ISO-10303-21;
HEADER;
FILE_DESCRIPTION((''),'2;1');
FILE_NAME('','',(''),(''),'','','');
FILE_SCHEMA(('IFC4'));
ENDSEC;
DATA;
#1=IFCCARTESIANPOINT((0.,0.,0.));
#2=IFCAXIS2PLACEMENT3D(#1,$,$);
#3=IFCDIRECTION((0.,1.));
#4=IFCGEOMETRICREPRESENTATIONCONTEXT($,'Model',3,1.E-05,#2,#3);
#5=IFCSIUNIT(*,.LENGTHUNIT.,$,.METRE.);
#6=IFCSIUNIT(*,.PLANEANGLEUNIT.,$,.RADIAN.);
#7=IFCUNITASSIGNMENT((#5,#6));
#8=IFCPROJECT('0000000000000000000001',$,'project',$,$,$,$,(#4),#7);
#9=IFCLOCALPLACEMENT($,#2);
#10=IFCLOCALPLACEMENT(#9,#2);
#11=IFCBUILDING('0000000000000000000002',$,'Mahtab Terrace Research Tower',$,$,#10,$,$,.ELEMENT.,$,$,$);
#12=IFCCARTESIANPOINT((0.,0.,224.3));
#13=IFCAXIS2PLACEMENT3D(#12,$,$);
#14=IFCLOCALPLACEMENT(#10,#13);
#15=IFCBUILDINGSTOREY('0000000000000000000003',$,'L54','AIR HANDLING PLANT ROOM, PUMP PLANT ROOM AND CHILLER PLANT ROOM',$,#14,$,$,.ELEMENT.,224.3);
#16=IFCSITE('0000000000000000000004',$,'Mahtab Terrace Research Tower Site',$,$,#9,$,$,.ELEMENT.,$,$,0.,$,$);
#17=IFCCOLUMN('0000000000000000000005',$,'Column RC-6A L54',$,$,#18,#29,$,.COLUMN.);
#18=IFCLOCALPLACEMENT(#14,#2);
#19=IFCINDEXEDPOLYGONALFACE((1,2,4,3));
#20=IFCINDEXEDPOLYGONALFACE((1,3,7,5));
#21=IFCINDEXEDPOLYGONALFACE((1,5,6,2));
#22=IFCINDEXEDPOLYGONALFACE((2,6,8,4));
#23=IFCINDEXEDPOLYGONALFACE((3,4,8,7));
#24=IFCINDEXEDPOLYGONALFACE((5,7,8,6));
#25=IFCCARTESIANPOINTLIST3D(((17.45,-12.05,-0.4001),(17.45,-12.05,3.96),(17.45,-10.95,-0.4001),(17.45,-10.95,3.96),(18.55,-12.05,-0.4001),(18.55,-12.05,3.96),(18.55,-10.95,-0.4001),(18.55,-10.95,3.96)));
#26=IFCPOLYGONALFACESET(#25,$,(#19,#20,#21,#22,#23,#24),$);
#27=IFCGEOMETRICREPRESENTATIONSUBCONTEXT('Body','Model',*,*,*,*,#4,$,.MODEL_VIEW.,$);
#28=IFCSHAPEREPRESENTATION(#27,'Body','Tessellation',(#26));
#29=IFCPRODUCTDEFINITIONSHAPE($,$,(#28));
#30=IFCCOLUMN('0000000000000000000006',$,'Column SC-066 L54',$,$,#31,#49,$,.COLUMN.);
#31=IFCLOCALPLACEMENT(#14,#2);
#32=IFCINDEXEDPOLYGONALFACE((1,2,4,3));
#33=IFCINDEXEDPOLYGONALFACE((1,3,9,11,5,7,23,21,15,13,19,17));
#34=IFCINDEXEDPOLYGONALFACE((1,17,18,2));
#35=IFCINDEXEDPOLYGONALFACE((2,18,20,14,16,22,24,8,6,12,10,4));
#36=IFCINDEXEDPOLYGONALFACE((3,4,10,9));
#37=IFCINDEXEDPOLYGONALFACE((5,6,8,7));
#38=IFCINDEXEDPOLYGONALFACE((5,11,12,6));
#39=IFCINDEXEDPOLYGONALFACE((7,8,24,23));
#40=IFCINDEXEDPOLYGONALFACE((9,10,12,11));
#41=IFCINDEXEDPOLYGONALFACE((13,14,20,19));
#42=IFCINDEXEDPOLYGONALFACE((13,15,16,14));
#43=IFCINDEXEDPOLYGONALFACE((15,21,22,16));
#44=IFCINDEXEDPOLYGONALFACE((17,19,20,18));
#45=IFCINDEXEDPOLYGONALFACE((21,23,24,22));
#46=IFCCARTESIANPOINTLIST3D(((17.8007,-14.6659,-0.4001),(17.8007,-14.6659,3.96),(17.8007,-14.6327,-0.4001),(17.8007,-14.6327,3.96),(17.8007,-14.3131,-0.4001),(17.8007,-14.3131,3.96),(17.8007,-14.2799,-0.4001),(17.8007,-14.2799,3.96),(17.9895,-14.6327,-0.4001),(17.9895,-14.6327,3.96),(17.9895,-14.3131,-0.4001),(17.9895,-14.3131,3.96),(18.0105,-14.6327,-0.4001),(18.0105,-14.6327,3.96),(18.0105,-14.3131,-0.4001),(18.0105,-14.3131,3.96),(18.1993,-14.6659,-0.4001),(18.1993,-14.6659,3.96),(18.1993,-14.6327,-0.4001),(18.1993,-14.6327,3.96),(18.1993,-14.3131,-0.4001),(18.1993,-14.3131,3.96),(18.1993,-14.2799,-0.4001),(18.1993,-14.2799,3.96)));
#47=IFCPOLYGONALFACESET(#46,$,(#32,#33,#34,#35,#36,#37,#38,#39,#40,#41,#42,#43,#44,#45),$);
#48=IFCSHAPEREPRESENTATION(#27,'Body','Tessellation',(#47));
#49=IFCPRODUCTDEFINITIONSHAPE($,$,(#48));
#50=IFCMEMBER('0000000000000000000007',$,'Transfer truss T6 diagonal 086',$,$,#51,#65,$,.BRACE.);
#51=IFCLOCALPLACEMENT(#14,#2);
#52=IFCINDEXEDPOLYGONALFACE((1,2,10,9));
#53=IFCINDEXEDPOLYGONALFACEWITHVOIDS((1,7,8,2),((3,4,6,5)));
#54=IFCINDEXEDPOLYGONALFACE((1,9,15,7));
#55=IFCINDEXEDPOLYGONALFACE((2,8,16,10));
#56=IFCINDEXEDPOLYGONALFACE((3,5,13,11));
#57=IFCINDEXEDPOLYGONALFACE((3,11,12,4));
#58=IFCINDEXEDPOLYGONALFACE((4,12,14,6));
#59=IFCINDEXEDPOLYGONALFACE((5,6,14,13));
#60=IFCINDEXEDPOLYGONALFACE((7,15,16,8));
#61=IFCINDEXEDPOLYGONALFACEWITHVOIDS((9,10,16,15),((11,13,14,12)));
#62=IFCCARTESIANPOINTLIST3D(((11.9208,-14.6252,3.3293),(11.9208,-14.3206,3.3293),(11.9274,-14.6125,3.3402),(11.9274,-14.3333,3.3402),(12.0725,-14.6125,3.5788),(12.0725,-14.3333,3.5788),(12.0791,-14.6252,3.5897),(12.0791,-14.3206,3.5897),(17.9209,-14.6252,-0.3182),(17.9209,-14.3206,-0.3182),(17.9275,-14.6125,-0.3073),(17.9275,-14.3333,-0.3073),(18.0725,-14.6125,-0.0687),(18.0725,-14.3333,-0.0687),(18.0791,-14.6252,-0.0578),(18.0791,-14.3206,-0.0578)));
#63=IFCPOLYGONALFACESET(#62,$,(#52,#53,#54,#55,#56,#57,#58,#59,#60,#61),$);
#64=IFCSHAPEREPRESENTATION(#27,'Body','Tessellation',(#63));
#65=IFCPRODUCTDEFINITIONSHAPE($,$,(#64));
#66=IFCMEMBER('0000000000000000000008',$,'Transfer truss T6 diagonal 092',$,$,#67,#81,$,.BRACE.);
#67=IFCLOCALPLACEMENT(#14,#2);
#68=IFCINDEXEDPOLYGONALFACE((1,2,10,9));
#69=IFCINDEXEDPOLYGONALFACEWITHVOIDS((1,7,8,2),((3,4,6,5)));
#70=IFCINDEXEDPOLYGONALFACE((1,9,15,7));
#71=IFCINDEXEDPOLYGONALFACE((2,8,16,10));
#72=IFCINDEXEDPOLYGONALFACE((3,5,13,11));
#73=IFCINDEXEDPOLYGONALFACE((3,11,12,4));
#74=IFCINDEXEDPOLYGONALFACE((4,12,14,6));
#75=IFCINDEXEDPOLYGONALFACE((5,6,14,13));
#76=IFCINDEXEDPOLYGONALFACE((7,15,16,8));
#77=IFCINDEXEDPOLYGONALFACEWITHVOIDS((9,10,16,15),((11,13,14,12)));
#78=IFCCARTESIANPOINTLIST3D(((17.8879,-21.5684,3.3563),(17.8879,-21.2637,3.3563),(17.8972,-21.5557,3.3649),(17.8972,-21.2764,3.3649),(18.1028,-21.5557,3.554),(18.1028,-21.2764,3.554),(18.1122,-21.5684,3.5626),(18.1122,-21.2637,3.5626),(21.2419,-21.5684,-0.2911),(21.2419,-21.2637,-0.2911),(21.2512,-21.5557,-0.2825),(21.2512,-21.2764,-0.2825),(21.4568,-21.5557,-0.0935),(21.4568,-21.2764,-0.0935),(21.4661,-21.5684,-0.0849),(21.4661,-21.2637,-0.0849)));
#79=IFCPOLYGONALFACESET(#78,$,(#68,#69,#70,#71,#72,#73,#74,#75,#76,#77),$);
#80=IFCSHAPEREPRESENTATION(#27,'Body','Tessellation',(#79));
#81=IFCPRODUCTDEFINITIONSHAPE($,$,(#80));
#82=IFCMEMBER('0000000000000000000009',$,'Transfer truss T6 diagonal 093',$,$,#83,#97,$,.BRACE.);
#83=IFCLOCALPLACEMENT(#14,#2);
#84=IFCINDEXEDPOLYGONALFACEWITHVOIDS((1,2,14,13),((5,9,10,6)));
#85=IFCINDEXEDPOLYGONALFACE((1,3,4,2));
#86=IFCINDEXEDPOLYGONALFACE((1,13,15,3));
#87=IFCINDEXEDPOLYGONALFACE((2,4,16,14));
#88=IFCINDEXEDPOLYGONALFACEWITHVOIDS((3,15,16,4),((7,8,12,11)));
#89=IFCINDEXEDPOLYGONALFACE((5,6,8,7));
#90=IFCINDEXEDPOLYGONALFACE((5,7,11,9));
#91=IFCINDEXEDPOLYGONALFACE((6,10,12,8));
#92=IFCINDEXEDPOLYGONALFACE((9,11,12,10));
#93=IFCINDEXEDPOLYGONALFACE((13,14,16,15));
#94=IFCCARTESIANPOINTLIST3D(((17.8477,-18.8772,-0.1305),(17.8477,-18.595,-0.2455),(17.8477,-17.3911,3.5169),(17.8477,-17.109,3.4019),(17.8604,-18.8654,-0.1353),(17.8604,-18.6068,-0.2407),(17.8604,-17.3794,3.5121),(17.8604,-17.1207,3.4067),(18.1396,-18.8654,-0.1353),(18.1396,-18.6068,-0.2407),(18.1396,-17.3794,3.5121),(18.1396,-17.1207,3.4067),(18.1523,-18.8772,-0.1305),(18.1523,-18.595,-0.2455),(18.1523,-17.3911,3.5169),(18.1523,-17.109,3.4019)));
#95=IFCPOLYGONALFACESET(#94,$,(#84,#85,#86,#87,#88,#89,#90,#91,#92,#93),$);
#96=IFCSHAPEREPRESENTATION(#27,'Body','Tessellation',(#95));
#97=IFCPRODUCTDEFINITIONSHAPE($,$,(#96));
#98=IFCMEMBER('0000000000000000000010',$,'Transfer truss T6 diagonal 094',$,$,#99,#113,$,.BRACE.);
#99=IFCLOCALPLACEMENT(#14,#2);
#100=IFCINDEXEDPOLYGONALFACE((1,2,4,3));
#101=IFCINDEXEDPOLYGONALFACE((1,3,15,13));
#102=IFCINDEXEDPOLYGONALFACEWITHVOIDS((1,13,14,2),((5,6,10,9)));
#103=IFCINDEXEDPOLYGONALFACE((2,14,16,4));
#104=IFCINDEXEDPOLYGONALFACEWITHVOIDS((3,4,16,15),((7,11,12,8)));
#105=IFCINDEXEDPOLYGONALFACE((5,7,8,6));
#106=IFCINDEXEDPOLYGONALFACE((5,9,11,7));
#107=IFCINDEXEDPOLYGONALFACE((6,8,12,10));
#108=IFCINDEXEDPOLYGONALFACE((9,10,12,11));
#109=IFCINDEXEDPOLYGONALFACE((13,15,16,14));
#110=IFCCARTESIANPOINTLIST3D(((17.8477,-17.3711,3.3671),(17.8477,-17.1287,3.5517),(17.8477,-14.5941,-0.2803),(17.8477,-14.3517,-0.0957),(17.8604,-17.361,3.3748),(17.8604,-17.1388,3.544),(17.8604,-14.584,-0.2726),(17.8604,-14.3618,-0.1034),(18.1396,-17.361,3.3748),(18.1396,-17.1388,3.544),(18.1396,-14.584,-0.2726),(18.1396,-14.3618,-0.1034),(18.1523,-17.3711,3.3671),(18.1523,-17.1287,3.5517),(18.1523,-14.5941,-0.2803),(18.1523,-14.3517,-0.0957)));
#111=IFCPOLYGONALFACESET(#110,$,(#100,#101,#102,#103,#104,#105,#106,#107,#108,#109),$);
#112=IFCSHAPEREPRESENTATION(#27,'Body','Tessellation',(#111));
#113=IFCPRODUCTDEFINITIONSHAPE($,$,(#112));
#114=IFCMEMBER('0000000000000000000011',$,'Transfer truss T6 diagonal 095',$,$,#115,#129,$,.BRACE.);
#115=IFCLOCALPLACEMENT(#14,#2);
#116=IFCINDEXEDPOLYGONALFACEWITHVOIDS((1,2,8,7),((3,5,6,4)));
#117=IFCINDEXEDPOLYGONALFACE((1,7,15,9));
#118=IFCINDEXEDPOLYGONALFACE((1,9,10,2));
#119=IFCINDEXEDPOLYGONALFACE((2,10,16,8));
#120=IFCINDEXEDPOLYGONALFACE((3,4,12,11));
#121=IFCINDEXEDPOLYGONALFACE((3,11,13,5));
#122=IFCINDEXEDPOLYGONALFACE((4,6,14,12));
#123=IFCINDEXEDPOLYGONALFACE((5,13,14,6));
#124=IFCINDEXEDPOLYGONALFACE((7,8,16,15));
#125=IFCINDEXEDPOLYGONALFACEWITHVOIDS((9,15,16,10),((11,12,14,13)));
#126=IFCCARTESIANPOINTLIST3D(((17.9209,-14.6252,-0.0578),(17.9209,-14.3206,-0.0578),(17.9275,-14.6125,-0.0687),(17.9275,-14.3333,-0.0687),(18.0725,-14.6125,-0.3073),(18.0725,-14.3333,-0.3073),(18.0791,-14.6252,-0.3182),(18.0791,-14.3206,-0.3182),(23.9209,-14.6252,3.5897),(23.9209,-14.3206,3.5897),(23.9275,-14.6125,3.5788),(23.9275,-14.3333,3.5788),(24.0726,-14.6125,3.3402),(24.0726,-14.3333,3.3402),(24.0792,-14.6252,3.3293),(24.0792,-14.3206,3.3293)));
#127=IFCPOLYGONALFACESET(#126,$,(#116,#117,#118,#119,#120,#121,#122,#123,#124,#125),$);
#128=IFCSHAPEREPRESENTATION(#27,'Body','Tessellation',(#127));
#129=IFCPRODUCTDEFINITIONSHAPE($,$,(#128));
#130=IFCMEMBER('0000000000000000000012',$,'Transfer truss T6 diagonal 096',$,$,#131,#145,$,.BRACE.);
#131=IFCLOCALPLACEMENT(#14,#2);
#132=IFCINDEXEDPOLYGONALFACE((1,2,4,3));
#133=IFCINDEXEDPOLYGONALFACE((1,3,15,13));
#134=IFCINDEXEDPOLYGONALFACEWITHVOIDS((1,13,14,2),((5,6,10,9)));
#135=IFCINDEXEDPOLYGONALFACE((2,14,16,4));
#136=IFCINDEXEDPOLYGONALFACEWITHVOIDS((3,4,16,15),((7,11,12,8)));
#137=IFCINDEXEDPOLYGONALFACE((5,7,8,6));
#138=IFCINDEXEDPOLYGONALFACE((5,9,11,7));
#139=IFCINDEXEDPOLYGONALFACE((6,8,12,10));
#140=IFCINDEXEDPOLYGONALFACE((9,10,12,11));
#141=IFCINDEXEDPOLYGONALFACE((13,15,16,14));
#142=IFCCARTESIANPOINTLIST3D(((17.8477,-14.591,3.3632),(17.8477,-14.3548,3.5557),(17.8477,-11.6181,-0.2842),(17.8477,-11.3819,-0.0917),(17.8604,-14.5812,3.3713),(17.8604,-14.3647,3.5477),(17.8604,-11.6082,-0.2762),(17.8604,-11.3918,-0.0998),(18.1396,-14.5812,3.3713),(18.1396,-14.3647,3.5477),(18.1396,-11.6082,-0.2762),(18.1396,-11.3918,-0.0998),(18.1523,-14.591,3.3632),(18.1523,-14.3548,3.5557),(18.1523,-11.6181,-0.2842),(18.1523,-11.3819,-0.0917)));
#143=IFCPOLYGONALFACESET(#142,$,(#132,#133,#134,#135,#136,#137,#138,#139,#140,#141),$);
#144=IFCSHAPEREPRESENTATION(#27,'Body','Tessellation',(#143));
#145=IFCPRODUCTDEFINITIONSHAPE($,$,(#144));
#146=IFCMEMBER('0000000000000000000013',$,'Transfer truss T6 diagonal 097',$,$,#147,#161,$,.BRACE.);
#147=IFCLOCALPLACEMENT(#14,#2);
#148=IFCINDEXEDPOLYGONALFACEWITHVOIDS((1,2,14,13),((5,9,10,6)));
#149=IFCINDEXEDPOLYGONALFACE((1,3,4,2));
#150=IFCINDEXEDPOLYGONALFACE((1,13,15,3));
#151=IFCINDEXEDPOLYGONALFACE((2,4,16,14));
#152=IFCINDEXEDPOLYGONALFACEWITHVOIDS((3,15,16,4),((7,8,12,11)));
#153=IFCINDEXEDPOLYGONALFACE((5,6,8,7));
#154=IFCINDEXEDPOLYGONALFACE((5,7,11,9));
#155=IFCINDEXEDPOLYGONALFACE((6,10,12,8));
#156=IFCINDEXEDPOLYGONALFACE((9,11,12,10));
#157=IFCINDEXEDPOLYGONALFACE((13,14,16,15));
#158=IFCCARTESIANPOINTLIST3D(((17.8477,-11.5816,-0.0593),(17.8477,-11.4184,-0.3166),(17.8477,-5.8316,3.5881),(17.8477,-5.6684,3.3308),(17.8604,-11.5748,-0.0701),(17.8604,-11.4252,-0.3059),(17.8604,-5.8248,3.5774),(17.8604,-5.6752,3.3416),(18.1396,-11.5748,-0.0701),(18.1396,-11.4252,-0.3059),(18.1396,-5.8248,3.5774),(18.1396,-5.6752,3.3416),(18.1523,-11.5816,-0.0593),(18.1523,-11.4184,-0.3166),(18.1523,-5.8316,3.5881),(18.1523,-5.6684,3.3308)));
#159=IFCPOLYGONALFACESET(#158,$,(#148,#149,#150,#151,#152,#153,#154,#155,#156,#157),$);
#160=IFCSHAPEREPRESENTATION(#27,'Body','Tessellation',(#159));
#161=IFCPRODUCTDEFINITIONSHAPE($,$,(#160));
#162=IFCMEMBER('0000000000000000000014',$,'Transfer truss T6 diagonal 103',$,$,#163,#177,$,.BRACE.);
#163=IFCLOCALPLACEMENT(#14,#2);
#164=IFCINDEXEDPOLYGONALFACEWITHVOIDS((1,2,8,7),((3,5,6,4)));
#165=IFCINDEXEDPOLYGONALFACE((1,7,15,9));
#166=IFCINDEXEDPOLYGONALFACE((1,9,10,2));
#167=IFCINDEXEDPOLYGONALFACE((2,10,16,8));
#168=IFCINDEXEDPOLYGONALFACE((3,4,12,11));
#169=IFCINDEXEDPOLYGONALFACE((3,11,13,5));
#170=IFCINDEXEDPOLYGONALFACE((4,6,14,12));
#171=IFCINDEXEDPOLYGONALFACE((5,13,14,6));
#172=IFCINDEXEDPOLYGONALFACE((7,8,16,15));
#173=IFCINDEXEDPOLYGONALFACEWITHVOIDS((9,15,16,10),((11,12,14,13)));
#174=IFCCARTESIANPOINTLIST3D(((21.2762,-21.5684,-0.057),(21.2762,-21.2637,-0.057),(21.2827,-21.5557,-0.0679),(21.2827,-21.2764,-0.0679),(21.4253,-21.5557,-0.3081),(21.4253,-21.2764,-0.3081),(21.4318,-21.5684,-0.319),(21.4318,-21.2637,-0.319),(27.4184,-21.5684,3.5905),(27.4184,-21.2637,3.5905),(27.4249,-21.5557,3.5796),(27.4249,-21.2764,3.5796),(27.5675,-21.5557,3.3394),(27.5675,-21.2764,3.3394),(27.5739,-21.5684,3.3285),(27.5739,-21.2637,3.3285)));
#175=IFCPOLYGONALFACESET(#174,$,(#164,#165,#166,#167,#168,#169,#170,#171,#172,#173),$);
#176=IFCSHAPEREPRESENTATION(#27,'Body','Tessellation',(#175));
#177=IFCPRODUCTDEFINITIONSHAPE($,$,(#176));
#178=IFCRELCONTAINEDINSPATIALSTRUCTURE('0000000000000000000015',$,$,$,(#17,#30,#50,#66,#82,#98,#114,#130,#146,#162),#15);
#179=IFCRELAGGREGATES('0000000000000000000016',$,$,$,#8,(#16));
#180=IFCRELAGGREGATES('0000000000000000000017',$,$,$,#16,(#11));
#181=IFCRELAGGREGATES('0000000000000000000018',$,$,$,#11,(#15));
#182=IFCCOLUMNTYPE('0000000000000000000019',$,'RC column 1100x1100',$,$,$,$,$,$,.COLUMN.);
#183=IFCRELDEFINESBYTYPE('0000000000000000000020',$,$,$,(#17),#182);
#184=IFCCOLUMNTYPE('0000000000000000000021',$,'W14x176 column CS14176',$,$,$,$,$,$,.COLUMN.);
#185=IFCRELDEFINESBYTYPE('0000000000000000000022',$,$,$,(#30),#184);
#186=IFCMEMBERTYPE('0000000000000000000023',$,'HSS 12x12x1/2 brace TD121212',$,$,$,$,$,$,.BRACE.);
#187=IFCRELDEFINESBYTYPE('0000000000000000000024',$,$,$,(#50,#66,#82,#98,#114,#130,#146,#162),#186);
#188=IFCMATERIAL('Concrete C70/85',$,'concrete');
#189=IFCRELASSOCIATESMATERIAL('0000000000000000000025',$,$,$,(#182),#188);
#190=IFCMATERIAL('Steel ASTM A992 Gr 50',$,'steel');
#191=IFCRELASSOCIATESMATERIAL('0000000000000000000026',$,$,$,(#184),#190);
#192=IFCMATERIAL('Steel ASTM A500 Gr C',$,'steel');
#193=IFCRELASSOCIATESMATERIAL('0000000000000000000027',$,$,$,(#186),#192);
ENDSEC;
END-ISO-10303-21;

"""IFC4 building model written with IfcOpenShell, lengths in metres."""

from ifc_helpers import new_model, si_unit, direction, frame, origin, origin_2d, place, context, subcontext, project, spatial, rectangle, hollow_rectangle, i_section, extrude, material, material_profile, profile_set, type_object, element, save


model = new_model("IFC4")

# Units and contexts
model_context = context("Model", 3, precision=1e-05, world=origin(), true_north=direction((0.0, 1.0)))
body_context = subcontext(model_context, "Body", "Model", "MODEL_VIEW")
ifc_project = project(units=[si_unit("LENGTHUNIT", "METRE"), si_unit("PLANEANGLEUNIT", "RADIAN")], contexts=[model_context])

# Site, building, storey
site_placement = place(None, origin())
site = spatial("IfcSite", under=ifc_project, at=site_placement, Name="Mahtab Terrace Research Tower Site", CompositionType="ELEMENT", RefElevation=0.0)
building_placement = place(site_placement, origin())
building = spatial("IfcBuilding", under=site, at=building_placement, Name="Mahtab Terrace Research Tower", CompositionType="ELEMENT")
storey_placement = place(building_placement, frame((0.0, 0.0, 224.3)))
storey = spatial("IfcBuildingStorey", under=building, at=storey_placement, Name="L54", Description="AIR HANDLING PLANT ROOM, PUMP PLANT ROOM AND CHILLER PLANT ROOM", CompositionType="ELEMENT", Elevation=224.3)

# Columns
ifc_material_1 = material(Name="Concrete C70/85", Category="concrete")
ifc_material_profile_1 = material_profile(ifc_material_1, rectangle(XDim=1.1001, YDim=1.1001, at=origin_2d()), Name="RC column 1100x1100")
ifc_profile_set_1 = profile_set([ifc_material_profile_1], Name="Concrete C70/85")
column_type_1 = type_object("IfcColumnType", Name="RC column 1100x1100", PredefinedType="COLUMN", material=ifc_profile_set_1)
column_1_placement = place(storey_placement, frame((18.0, -11.5, -0.4001), z_axis=(0.0, 0.0, 1.0), x_axis=(1.0, 0.0, 0.0)))
element("IfcColumn", 1, at=column_1_placement, inside=storey, type_object=column_type_1, Name="Column RC-6A L54", PredefinedType="COLUMN", context=body_context, shape_type="SweptSolid", body=[
    extrude(rectangle(XDim=1.1001, YDim=1.1001, at=origin_2d()), origin(), (0.0, 0.0, 1.0), 4.3601),
])
ifc_material_2 = material(Name="Steel ASTM A992 Gr 50", Category="steel")
ifc_material_profile_2 = material_profile(ifc_material_2, i_section(OverallWidth=0.3987, OverallDepth=0.386, WebThickness=0.021, FlangeThickness=0.0332, at=origin_2d()), Name="W14X176")
ifc_profile_set_2 = profile_set([ifc_material_profile_2], Name="Steel ASTM A992 Gr 50")
column_type_2 = type_object("IfcColumnType", Name="W14x176 column CS14176", PredefinedType="COLUMN", material=ifc_profile_set_2)
column_2_placement = place(storey_placement, frame((18.0, -14.4729, -0.4001), z_axis=(0.0, 0.0, 1.0), x_axis=(1.0, 0.0, 0.0)))
element("IfcColumn", 2, at=column_2_placement, inside=storey, type_object=column_type_2, Name="Column SC-066 L54", PredefinedType="COLUMN", context=body_context, shape_type="SweptSolid", body=[
    extrude(i_section(OverallWidth=0.3987, OverallDepth=0.386, WebThickness=0.021, FlangeThickness=0.0332, at=origin_2d()), origin(), (0.0, 0.0, 1.0), 4.3601),
])

# Members
ifc_material_3 = material(Name="Steel ASTM A500 Gr C", Category="steel")
ifc_material_profile_3 = material_profile(ifc_material_3, hollow_rectangle(XDim=0.3047, YDim=0.3047, WallThickness=0.0127, at=origin_2d()), Name="HSS12X12X1/2")
ifc_profile_set_3 = profile_set([ifc_material_profile_3], Name="Steel ASTM A500 Gr C")
member_type_1 = type_object("IfcMemberType", Name="HSS 12x12x1/2 brace TD121212", PredefinedType="BRACE", material=ifc_profile_set_3)
member_1_placement = place(storey_placement, frame((18.0, -14.4729, -0.188), z_axis=(-0.854497, 0.0, 0.519457), x_axis=(0.0, -1.0, 0.0)))
element("IfcMember", 3, at=member_1_placement, inside=storey, type_object=member_type_1, Name="Transfer truss T6 diagonal 086", PredefinedType="BRACE", context=body_context, shape_type="SweptSolid", body=[
    extrude(hollow_rectangle(XDim=0.3047, YDim=0.3047, WallThickness=0.0127, at=origin_2d()), origin(), (0.0, 0.0, 1.0), 7.0217),
])
member_2_placement = place(storey_placement, frame((21.354, -21.416, -0.188), z_axis=(-0.676875, 0.0, 0.736098), x_axis=(0.0, -1.0, 0.0)))
element("IfcMember", 4, at=member_2_placement, inside=storey, type_object=member_type_1, Name="Transfer truss T6 diagonal 092", PredefinedType="BRACE", context=body_context, shape_type="SweptSolid", body=[
    extrude(hollow_rectangle(XDim=0.3047, YDim=0.3047, WallThickness=0.0127, at=origin_2d()), origin(), (0.0, 0.0, 1.0), 4.9551),
])
member_3_placement = place(storey_placement, frame((18.0, -18.7361, -0.188), z_axis=(0.0, 0.377315, 0.926085), x_axis=(-1.0, 0.0, 0.0)))
element("IfcMember", 5, at=member_3_placement, inside=storey, type_object=member_type_1, Name="Transfer truss T6 diagonal 093", PredefinedType="BRACE", context=body_context, shape_type="SweptSolid", body=[
    extrude(hollow_rectangle(XDim=0.3047, YDim=0.3047, WallThickness=0.0127, at=origin_2d()), origin(), (0.0, 0.0, 1.0), 3.9385),
])
member_4_placement = place(storey_placement, frame((18.0, -14.4729, -0.188), z_axis=(0.0, -0.605778, 0.795633), x_axis=(1.0, 0.0, 0.0)))
element("IfcMember", 6, at=member_4_placement, inside=storey, type_object=member_type_1, Name="Transfer truss T6 diagonal 094", PredefinedType="BRACE", context=body_context, shape_type="SweptSolid", body=[
    extrude(hollow_rectangle(XDim=0.3047, YDim=0.3047, WallThickness=0.0127, at=origin_2d()), origin(), (0.0, 0.0, 1.0), 4.5842),
])
member_5_placement = place(storey_placement, frame((18.0, -14.4729, -0.188), z_axis=(0.854497, 0.0, 0.519457), x_axis=(0.0, 1.0, 0.0)))
element("IfcMember", 7, at=member_5_placement, inside=storey, type_object=member_type_1, Name="Transfer truss T6 diagonal 095", PredefinedType="BRACE", context=body_context, shape_type="SweptSolid", body=[
    extrude(hollow_rectangle(XDim=0.3047, YDim=0.3047, WallThickness=0.0127, at=origin_2d()), origin(), (0.0, 0.0, 1.0), 7.0217),
])
member_6_placement = place(storey_placement, frame((18.0, -11.5, -0.188), z_axis=(0.0, -0.631787, 0.775142), x_axis=(1.0, 0.0, 0.0)))
element("IfcMember", 8, at=member_6_placement, inside=storey, type_object=member_type_1, Name="Transfer truss T6 diagonal 096", PredefinedType="BRACE", context=body_context, shape_type="SweptSolid", body=[
    extrude(hollow_rectangle(XDim=0.3047, YDim=0.3047, WallThickness=0.0127, at=origin_2d()), origin(), (0.0, 0.0, 1.0), 4.7056),
])
member_7_placement = place(storey_placement, frame((18.0, -11.5, -0.188), z_axis=(0.0, 0.844434, 0.535659), x_axis=(-1.0, 0.0, 0.0)))
element("IfcMember", 9, at=member_7_placement, inside=storey, type_object=member_type_1, Name="Transfer truss T6 diagonal 097", PredefinedType="BRACE", context=body_context, shape_type="SweptSolid", body=[
    extrude(hollow_rectangle(XDim=0.3047, YDim=0.3047, WallThickness=0.0127, at=origin_2d()), origin(), (0.0, 0.0, 1.0), 6.8093),
])
member_8_placement = place(storey_placement, frame((21.354, -21.416, -0.188), z_axis=(0.859818, 0.0, 0.5106), x_axis=(0.0, 1.0, 0.0)))
element("IfcMember", 10, at=member_8_placement, inside=storey, type_object=member_type_1, Name="Transfer truss T6 diagonal 103", PredefinedType="BRACE", context=body_context, shape_type="SweptSolid", body=[
    extrude(hollow_rectangle(XDim=0.3047, YDim=0.3047, WallThickness=0.0127, at=origin_2d()), origin(), (0.0, 0.0, 1.0), 7.1436),
])

save(model, "model.ifc")
